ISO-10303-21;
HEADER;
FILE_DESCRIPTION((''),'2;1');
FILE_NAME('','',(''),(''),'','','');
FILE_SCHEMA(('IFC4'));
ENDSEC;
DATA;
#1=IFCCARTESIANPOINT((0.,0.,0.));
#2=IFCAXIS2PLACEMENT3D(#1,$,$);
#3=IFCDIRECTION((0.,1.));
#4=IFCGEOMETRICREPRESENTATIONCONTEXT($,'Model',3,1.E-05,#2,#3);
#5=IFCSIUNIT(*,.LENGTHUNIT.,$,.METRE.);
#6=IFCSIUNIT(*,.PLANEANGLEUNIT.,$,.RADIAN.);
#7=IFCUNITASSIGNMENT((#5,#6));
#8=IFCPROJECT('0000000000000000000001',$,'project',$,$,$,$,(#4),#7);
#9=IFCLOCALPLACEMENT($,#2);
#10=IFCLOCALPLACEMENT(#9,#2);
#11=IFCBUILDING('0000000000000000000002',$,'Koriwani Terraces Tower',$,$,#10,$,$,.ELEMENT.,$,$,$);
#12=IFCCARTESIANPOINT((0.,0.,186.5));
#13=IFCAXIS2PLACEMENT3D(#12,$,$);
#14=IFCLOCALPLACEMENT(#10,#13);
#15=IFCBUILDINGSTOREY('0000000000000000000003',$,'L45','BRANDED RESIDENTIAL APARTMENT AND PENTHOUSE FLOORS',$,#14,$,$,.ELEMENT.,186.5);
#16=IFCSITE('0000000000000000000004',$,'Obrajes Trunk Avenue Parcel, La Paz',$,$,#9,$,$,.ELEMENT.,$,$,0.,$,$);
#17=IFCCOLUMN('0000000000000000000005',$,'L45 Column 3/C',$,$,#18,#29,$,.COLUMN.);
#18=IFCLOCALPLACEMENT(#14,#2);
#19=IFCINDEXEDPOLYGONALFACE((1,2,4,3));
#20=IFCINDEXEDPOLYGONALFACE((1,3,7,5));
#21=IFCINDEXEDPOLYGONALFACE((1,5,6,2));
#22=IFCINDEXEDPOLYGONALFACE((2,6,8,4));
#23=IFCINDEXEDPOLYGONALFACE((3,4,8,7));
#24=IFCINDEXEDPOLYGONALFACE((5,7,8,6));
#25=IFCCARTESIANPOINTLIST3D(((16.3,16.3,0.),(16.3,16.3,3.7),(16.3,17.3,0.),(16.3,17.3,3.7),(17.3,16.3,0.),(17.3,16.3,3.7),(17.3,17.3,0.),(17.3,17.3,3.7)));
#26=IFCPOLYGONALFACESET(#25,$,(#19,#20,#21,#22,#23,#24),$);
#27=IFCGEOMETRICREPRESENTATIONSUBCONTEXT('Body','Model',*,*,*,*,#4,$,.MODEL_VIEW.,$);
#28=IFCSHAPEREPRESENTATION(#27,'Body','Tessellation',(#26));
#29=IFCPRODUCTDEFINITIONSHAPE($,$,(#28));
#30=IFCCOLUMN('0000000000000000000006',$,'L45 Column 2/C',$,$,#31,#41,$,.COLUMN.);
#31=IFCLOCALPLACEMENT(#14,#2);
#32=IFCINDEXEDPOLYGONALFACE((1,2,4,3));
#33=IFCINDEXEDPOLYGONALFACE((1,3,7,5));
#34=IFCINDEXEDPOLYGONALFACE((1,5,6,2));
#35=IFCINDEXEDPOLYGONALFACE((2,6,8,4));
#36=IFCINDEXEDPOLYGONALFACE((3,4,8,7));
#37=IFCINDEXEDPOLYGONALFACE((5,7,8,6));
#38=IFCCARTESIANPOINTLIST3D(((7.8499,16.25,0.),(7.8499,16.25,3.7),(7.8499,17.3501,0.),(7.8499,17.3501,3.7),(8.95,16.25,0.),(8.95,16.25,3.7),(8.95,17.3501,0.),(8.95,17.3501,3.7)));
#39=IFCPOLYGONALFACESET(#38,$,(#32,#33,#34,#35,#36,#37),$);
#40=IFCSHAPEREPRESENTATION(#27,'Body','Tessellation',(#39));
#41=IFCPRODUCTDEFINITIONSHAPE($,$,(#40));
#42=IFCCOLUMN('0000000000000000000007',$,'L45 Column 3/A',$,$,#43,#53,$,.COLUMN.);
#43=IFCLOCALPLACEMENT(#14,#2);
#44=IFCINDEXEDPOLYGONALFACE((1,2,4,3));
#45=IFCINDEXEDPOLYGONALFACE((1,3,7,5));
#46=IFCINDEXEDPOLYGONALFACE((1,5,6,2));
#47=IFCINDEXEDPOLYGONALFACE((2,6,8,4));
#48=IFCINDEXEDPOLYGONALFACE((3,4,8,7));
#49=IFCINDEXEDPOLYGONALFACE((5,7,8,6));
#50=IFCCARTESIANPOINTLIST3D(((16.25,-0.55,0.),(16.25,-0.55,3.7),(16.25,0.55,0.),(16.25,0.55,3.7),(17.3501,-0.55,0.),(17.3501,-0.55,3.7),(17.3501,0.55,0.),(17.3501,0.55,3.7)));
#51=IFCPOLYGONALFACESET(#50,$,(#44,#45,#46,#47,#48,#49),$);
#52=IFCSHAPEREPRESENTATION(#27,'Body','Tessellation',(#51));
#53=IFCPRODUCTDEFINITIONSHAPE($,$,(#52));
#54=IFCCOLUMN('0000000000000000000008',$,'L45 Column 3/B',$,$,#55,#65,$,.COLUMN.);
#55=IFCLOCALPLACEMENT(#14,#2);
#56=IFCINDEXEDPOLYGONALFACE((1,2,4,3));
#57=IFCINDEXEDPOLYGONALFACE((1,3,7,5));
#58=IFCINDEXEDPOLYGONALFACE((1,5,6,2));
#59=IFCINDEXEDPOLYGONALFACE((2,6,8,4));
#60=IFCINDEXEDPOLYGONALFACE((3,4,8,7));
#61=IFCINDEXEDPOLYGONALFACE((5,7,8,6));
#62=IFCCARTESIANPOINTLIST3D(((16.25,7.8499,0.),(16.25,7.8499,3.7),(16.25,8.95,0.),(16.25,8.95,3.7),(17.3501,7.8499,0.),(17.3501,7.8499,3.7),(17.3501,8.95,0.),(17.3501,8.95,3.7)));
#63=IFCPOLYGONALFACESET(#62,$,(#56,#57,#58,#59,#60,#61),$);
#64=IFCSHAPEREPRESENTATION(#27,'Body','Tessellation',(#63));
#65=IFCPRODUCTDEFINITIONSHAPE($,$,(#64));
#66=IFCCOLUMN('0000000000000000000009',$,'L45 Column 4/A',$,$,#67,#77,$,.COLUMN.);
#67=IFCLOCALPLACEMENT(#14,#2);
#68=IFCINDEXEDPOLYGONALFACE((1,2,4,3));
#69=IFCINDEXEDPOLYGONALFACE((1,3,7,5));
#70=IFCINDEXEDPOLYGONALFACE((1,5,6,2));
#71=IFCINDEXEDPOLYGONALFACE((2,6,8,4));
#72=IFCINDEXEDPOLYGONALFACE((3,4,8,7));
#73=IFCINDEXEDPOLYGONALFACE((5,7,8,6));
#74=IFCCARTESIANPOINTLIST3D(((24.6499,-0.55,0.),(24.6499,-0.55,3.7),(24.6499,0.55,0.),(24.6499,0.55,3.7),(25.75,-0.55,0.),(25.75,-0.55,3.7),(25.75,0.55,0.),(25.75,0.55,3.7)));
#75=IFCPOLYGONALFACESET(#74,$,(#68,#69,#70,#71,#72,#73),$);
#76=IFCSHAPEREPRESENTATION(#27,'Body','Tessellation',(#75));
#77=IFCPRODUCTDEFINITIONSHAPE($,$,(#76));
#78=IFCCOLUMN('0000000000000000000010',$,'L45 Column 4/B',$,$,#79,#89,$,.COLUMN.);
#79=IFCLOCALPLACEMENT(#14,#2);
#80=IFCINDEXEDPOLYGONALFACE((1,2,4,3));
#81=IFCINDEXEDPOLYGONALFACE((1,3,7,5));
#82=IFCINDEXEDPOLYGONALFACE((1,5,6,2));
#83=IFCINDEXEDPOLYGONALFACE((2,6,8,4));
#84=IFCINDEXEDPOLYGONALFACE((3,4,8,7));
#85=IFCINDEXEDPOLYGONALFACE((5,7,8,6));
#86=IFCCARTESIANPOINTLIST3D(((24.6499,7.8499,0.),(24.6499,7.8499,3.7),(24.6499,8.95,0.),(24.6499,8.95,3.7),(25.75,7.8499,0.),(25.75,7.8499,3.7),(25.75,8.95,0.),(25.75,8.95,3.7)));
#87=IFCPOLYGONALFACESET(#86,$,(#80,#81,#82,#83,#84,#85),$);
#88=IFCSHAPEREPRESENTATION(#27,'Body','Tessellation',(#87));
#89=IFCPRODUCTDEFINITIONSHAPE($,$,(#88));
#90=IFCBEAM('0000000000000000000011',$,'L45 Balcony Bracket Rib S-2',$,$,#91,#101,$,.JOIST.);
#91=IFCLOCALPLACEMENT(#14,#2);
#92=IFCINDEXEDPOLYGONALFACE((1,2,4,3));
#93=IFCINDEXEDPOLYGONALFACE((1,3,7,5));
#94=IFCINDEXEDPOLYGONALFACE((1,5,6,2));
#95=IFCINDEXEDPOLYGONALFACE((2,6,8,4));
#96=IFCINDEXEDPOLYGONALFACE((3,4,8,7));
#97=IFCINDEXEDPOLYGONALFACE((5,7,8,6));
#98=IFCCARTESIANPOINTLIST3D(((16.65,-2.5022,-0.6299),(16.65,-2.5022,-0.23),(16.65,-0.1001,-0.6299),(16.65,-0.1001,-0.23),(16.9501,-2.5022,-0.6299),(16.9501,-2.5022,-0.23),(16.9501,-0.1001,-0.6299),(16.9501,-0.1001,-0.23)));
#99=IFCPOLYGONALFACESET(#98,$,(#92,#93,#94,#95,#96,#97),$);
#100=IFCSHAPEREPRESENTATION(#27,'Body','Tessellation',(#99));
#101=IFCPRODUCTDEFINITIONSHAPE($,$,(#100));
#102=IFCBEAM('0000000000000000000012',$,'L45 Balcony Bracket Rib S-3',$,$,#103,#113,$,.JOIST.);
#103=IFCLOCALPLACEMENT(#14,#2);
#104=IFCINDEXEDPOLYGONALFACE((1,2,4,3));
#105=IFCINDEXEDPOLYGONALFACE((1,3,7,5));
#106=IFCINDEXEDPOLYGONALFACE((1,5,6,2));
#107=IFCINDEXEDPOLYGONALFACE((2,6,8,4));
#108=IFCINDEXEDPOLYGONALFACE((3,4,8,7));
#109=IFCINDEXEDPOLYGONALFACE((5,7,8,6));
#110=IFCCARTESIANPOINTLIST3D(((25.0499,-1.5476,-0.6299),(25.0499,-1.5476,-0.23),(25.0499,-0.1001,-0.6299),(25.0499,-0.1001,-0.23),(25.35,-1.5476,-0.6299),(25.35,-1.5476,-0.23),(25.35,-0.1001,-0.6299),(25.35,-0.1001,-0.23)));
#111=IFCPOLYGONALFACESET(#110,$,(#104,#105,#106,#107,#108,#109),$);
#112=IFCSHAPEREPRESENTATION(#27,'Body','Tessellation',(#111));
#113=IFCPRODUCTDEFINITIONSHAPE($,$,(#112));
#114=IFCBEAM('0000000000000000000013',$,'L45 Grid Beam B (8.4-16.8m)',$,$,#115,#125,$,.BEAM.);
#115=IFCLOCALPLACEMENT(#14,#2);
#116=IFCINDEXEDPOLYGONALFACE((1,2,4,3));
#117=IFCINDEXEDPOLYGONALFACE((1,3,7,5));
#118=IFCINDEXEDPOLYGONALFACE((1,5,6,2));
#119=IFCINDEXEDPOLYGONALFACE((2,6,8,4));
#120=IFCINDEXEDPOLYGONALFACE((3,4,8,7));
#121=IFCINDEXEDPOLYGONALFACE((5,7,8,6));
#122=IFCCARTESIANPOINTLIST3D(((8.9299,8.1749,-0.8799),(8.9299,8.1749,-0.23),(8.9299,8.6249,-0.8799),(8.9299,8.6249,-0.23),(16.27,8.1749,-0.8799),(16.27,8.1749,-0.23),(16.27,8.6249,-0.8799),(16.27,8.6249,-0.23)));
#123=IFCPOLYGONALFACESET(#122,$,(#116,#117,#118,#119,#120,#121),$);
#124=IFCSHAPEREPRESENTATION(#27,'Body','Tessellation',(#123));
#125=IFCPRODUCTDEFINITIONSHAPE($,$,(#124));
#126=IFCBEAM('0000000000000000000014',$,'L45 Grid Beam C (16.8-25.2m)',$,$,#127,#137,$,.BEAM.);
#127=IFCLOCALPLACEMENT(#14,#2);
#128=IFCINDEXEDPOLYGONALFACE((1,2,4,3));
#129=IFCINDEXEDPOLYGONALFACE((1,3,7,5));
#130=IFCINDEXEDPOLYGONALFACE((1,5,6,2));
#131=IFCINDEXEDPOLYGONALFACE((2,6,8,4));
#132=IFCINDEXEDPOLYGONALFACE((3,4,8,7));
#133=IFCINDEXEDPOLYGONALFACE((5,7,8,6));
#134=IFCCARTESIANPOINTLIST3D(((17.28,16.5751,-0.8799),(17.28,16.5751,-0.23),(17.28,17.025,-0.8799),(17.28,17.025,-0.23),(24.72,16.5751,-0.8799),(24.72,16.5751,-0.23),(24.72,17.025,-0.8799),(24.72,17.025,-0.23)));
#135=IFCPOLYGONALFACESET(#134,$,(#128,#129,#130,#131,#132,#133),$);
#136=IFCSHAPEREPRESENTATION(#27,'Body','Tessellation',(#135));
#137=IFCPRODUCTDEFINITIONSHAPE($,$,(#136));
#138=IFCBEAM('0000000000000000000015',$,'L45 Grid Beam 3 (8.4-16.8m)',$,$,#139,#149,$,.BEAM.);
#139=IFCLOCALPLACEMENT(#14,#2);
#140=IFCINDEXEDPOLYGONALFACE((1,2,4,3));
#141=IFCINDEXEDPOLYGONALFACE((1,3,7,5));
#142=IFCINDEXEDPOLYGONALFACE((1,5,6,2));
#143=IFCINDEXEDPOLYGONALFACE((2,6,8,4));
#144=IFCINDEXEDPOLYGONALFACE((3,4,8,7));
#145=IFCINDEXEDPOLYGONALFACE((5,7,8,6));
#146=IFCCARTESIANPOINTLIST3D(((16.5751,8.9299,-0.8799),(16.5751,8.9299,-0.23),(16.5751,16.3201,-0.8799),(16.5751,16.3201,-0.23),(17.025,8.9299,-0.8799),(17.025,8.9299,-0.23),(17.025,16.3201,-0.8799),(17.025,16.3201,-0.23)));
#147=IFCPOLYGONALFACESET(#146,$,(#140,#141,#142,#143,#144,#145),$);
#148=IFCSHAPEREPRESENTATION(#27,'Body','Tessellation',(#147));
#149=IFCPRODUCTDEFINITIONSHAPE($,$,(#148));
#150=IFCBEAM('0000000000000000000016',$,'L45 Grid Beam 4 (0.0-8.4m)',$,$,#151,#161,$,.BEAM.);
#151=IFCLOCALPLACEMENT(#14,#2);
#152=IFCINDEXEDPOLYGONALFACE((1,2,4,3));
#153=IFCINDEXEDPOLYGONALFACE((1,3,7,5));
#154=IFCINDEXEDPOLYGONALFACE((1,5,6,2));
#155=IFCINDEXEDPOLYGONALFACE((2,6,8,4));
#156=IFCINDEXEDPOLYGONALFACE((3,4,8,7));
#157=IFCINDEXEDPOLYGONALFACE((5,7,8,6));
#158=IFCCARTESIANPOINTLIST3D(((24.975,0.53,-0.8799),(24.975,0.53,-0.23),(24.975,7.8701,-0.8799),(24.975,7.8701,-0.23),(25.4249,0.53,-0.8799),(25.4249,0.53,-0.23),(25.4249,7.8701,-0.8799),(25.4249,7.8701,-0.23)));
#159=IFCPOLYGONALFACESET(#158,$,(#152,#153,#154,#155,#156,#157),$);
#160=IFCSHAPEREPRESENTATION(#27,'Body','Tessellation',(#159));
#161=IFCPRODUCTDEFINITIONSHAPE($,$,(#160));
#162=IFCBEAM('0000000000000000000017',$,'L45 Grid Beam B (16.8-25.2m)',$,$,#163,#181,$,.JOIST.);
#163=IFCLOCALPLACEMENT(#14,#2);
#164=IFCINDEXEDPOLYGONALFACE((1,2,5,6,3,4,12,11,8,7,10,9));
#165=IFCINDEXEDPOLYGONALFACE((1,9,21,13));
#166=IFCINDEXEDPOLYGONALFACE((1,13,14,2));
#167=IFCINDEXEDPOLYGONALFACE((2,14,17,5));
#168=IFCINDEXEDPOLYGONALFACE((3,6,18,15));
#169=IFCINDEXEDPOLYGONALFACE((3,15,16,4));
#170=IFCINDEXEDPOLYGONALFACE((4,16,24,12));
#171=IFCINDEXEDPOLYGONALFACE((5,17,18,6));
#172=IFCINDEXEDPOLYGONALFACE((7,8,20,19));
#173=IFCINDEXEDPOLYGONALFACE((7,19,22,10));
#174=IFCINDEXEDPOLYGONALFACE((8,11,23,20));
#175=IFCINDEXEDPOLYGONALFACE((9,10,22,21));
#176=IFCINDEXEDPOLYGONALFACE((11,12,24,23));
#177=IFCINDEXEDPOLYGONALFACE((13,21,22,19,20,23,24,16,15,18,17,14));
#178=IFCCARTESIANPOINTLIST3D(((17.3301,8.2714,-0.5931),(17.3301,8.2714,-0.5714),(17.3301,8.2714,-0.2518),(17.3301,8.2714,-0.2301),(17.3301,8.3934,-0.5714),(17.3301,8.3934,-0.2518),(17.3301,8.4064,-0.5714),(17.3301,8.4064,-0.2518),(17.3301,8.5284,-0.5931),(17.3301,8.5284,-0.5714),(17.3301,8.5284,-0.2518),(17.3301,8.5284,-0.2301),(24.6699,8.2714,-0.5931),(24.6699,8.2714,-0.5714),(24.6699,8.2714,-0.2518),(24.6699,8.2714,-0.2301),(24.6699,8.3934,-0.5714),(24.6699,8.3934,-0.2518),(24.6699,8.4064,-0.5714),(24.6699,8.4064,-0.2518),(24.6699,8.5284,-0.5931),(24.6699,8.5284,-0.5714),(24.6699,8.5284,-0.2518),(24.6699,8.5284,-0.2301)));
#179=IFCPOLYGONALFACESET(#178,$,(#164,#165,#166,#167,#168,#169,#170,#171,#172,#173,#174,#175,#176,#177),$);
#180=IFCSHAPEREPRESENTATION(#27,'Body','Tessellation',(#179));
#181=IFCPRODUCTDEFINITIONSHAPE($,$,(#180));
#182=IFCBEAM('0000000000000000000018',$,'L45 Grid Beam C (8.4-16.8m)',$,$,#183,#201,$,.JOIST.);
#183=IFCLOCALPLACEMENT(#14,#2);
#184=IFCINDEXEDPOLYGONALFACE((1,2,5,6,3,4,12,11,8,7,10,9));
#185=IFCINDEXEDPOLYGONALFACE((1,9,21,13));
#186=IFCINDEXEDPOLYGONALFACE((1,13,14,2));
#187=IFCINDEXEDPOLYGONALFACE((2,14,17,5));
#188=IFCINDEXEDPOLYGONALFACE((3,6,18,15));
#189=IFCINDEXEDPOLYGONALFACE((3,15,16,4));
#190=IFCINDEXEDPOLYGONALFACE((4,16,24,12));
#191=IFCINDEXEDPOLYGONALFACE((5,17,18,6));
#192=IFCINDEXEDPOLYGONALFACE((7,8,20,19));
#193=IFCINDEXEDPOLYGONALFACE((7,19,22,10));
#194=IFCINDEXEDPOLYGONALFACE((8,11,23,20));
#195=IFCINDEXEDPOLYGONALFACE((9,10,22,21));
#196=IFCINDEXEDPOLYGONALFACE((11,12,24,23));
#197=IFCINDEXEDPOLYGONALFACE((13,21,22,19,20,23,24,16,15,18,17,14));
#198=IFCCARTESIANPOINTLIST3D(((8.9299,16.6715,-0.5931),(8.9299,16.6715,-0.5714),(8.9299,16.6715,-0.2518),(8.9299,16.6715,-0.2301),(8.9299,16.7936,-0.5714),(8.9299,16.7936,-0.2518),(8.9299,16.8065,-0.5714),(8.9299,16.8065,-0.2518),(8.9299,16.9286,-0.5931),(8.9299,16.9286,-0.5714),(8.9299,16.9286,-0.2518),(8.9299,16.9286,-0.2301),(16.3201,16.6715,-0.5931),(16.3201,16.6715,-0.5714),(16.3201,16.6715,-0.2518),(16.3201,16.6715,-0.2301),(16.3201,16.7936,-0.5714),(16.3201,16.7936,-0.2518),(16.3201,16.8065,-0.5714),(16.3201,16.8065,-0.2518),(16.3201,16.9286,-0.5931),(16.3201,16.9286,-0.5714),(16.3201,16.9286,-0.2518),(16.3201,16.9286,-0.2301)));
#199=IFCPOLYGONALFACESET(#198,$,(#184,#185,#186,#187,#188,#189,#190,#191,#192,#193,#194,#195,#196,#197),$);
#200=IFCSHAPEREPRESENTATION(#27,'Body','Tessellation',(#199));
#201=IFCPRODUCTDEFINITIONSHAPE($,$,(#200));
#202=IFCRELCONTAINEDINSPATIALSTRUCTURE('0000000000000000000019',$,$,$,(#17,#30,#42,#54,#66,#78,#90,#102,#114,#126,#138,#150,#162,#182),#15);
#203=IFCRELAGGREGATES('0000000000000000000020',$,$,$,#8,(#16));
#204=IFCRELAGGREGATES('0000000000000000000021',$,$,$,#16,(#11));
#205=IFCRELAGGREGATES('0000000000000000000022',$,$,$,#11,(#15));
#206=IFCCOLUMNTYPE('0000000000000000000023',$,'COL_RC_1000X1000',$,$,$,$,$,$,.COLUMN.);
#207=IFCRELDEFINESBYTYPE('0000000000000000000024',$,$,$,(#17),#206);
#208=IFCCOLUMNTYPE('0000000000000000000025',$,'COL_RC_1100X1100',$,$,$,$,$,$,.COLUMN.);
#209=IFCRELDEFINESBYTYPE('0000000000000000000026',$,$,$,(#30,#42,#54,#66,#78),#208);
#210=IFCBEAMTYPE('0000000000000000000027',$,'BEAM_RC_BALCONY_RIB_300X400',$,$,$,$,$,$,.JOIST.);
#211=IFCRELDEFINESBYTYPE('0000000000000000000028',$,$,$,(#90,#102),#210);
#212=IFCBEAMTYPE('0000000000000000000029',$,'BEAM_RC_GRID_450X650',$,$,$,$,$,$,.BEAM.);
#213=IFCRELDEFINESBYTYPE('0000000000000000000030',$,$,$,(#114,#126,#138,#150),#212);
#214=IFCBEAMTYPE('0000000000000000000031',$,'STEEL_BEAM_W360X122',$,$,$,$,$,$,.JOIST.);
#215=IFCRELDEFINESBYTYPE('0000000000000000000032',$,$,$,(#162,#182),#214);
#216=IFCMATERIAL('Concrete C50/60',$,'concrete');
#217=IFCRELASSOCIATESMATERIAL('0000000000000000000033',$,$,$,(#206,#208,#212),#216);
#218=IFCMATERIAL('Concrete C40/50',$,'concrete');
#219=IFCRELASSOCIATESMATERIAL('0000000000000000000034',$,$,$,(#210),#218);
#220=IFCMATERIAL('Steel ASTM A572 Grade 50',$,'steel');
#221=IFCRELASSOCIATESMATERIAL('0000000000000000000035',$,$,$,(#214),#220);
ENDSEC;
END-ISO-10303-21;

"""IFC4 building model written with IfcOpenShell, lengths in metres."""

from ifc_helpers import new_model, si_unit, direction, frame, origin, origin_2d, place, context, subcontext, project, spatial, rectangle, i_section, extrude, material, material_profile, profile_set, type_object, element, save


model = new_model("IFC4")

# Units and contexts
model_context = context("Model", 3, precision=1e-05, world=origin(), true_north=direction((0.0, 1.0)))
body_context = subcontext(model_context, "Body", "Model", "MODEL_VIEW")
ifc_project = project(units=[si_unit("LENGTHUNIT", "METRE"), si_unit("PLANEANGLEUNIT", "RADIAN")], contexts=[model_context])

# Site, building, storey
site_placement = place(None, origin())
site = spatial("IfcSite", under=ifc_project, at=site_placement, Name="Obrajes Trunk Avenue Parcel, La Paz", CompositionType="ELEMENT", RefElevation=0.0)
building_placement = place(site_placement, origin())
building = spatial("IfcBuilding", under=site, at=building_placement, Name="Koriwani Terraces Tower", CompositionType="ELEMENT")
storey_placement = place(building_placement, frame((0.0, 0.0, 186.5)))
storey = spatial("IfcBuildingStorey", under=building, at=storey_placement, Name="L45", Description="BRANDED RESIDENTIAL APARTMENT AND PENTHOUSE FLOORS", CompositionType="ELEMENT", Elevation=186.5)

# Columns
ifc_material_1 = material(Name="Concrete C50/60", Category="concrete")
ifc_material_profile_1 = material_profile(ifc_material_1, rectangle(XDim=1.0, YDim=1.0, at=origin_2d()), Name="Concrete C50/60", Category="LoadBearing")
ifc_profile_set_1 = profile_set([ifc_material_profile_1], Name="Concrete C50/60")
column_type_1 = type_object("IfcColumnType", Name="COL_RC_1000X1000", PredefinedType="COLUMN", material=ifc_profile_set_1)
column_placement = place(storey_placement, frame((16.8, 16.8, 0.0), z_axis=(0.0, 0.0, 1.0), x_axis=(1.0, 0.0, 0.0)))
element("IfcColumn", 1, at=column_placement, inside=storey, type_object=column_type_1, Name="L45 Column 3/C", PredefinedType="COLUMN", context=body_context, shape_type="SweptSolid", body=[
    extrude(rectangle(XDim=1.0, YDim=1.0, at=origin_2d()), origin(), (0.0, 0.0, 1.0), 3.7),
])
ifc_material_profile_2 = material_profile(ifc_material_1, rectangle(XDim=1.1001, YDim=1.1001, at=origin_2d()), Name="Concrete C50/60", Category="LoadBearing")
ifc_profile_set_2 = profile_set([ifc_material_profile_2], Name="Concrete C50/60")
column_type_2 = type_object("IfcColumnType", Name="COL_RC_1100X1100", PredefinedType="COLUMN", material=ifc_profile_set_2)
for number, where, z_axis, x_axis, name in (
    (2, (8.3999, 16.8, 0.0), (0.0, 0.0, 1.0), (1.0, 0.0, 0.0), "L45 Column 2/C"),
    (3, (16.8, 0.0, 0.0), (0.0, 0.0, 1.0), (1.0, 0.0, 0.0), "L45 Column 3/A"),
    (4, (16.8, 8.3999, 0.0), (0.0, 0.0, 1.0), (1.0, 0.0, 0.0), "L45 Column 3/B"),
    (5, (25.2, 0.0, 0.0), (0.0, 0.0, 1.0), (1.0, 0.0, 0.0), "L45 Column 4/A"),
    (6, (25.2, 8.3999, 0.0), (0.0, 0.0, 1.0), (1.0, 0.0, 0.0), "L45 Column 4/B"),
):
    element("IfcColumn", number, at=place(storey_placement, frame(where, z_axis=z_axis, x_axis=x_axis)), inside=storey, type_object=column_type_2, Name=name, PredefinedType="COLUMN", context=body_context, shape_type="SweptSolid", body=[
        extrude(rectangle(XDim=1.1001, YDim=1.1001, at=origin_2d()), origin(), (0.0, 0.0, 1.0), 3.7),
    ])

# Beams
ifc_material_2 = material(Name="Concrete C40/50", Category="concrete")
ifc_material_profile_3 = material_profile(ifc_material_2, rectangle(XDim=0.3, YDim=0.3999, at=origin_2d()), Name="Concrete C40/50", Category="LoadBearing")
ifc_profile_set_3 = profile_set([ifc_material_profile_3], Name="Concrete C40/50")
beam_type_1 = type_object("IfcBeamType", Name="BEAM_RC_BALCONY_RIB_300X400", PredefinedType="JOIST", material=ifc_profile_set_3)
beam_1_placement = place(storey_placement, frame((16.8, -2.5022, -0.4299), z_axis=(0.0, 1.0, 0.0), x_axis=(-1.0, 0.0, 0.0)))
element("IfcBeam", 7, at=beam_1_placement, inside=storey, type_object=beam_type_1, Name="L45 Balcony Bracket Rib S-2", PredefinedType="JOIST", context=body_context, shape_type="SweptSolid", body=[
    extrude(rectangle(XDim=0.3, YDim=0.3999, at=origin_2d()), origin(), (0.0, 0.0, 1.0), 2.4021),
])
beam_2_placement = place(storey_placement, frame((25.2, -1.5476, -0.4299), z_axis=(0.0, 1.0, 0.0), x_axis=(-1.0, 0.0, 0.0)))
element("IfcBeam", 8, at=beam_2_placement, inside=storey, type_object=beam_type_1, Name="L45 Balcony Bracket Rib S-3", PredefinedType="JOIST", context=body_context, shape_type="SweptSolid", body=[
    extrude(rectangle(XDim=0.3, YDim=0.3999, at=origin_2d()), origin(), (0.0, 0.0, 1.0), 1.4475),
])
ifc_material_profile_4 = material_profile(ifc_material_1, rectangle(XDim=0.45, YDim=0.6499, at=origin_2d()), Name="Concrete C50/60", Category="LoadBearing")
ifc_profile_set_4 = profile_set([ifc_material_profile_4], Name="Concrete C50/60")
beam_type_2 = type_object("IfcBeamType", Name="BEAM_RC_GRID_450X650", PredefinedType="BEAM", material=ifc_profile_set_4)
beam_3_placement = place(storey_placement, frame((8.9299, 8.3999, -0.5549), z_axis=(1.0, 0.0, 0.0), x_axis=(0.0, 1.0, 0.0)))
element("IfcBeam", 9, at=beam_3_placement, inside=storey, type_object=beam_type_2, Name="L45 Grid Beam B (8.4-16.8m)", PredefinedType="BEAM", context=body_context, shape_type="SweptSolid", body=[
    extrude(rectangle(XDim=0.45, YDim=0.6499, at=origin_2d()), origin(), (0.0, 0.0, 1.0), 7.3401),
])
beam_4_placement = place(storey_placement, frame((17.28, 16.8, -0.5549), z_axis=(1.0, 0.0, 0.0), x_axis=(0.0, 1.0, 0.0)))
element("IfcBeam", 10, at=beam_4_placement, inside=storey, type_object=beam_type_2, Name="L45 Grid Beam C (16.8-25.2m)", PredefinedType="BEAM", context=body_context, shape_type="SweptSolid", body=[
    extrude(rectangle(XDim=0.45, YDim=0.6499, at=origin_2d()), origin(), (0.0, 0.0, 1.0), 7.4399),
])
beam_5_placement = place(storey_placement, frame((16.8, 8.9299, -0.5549), z_axis=(0.0, 1.0, 0.0), x_axis=(-1.0, 0.0, 0.0)))
element("IfcBeam", 11, at=beam_5_placement, inside=storey, type_object=beam_type_2, Name="L45 Grid Beam 3 (8.4-16.8m)", PredefinedType="BEAM", context=body_context, shape_type="SweptSolid", body=[
    extrude(rectangle(XDim=0.45, YDim=0.6499, at=origin_2d()), origin(), (0.0, 0.0, 1.0), 7.3901),
])
beam_6_placement = place(storey_placement, frame((25.2, 0.53, -0.5549), z_axis=(0.0, 1.0, 0.0), x_axis=(-1.0, 0.0, 0.0)))
element("IfcBeam", 12, at=beam_6_placement, inside=storey, type_object=beam_type_2, Name="L45 Grid Beam 4 (0.0-8.4m)", PredefinedType="BEAM", context=body_context, shape_type="SweptSolid", body=[
    extrude(rectangle(XDim=0.45, YDim=0.6499, at=origin_2d()), origin(), (0.0, 0.0, 1.0), 7.3401),
])
ifc_material_3 = material(Name="Steel ASTM A572 Grade 50", Category="steel")
ifc_material_profile_5 = material_profile(ifc_material_3, i_section(OverallWidth=0.2571, OverallDepth=0.363, WebThickness=0.0129, FlangeThickness=0.0217, at=origin_2d()), Name="Steel ASTM A572 Grade 50", Category="LoadBearing")
ifc_profile_set_5 = profile_set([ifc_material_profile_5], Name="Steel ASTM A572 Grade 50")
beam_type_3 = type_object("IfcBeamType", Name="STEEL_BEAM_W360X122", PredefinedType="JOIST", material=ifc_profile_set_5)
beam_7_placement = place(storey_placement, frame((17.3301, 8.3999, -0.4116), z_axis=(1.0, 0.0, 0.0), x_axis=(0.0, 1.0, 0.0)))
element("IfcBeam", 13, at=beam_7_placement, inside=storey, type_object=beam_type_3, Name="L45 Grid Beam B (16.8-25.2m)", PredefinedType="JOIST", context=body_context, shape_type="SweptSolid", body=[
    extrude(i_section(OverallWidth=0.2571, OverallDepth=0.363, WebThickness=0.0129, FlangeThickness=0.0217, at=origin_2d()), origin(), (0.0, 0.0, 1.0), 7.3398),
])
beam_8_placement = place(storey_placement, frame((8.9299, 16.8, -0.4116), z_axis=(1.0, 0.0, 0.0), x_axis=(0.0, 1.0, 0.0)))
element("IfcBeam", 14, at=beam_8_placement, inside=storey, type_object=beam_type_3, Name="L45 Grid Beam C (8.4-16.8m)", PredefinedType="JOIST", context=body_context, shape_type="SweptSolid", body=[
    extrude(i_section(OverallWidth=0.2571, OverallDepth=0.363, WebThickness=0.0129, FlangeThickness=0.0217, at=origin_2d()), origin(), (0.0, 0.0, 1.0), 7.3901),
])

save(model, "model.ifc")
